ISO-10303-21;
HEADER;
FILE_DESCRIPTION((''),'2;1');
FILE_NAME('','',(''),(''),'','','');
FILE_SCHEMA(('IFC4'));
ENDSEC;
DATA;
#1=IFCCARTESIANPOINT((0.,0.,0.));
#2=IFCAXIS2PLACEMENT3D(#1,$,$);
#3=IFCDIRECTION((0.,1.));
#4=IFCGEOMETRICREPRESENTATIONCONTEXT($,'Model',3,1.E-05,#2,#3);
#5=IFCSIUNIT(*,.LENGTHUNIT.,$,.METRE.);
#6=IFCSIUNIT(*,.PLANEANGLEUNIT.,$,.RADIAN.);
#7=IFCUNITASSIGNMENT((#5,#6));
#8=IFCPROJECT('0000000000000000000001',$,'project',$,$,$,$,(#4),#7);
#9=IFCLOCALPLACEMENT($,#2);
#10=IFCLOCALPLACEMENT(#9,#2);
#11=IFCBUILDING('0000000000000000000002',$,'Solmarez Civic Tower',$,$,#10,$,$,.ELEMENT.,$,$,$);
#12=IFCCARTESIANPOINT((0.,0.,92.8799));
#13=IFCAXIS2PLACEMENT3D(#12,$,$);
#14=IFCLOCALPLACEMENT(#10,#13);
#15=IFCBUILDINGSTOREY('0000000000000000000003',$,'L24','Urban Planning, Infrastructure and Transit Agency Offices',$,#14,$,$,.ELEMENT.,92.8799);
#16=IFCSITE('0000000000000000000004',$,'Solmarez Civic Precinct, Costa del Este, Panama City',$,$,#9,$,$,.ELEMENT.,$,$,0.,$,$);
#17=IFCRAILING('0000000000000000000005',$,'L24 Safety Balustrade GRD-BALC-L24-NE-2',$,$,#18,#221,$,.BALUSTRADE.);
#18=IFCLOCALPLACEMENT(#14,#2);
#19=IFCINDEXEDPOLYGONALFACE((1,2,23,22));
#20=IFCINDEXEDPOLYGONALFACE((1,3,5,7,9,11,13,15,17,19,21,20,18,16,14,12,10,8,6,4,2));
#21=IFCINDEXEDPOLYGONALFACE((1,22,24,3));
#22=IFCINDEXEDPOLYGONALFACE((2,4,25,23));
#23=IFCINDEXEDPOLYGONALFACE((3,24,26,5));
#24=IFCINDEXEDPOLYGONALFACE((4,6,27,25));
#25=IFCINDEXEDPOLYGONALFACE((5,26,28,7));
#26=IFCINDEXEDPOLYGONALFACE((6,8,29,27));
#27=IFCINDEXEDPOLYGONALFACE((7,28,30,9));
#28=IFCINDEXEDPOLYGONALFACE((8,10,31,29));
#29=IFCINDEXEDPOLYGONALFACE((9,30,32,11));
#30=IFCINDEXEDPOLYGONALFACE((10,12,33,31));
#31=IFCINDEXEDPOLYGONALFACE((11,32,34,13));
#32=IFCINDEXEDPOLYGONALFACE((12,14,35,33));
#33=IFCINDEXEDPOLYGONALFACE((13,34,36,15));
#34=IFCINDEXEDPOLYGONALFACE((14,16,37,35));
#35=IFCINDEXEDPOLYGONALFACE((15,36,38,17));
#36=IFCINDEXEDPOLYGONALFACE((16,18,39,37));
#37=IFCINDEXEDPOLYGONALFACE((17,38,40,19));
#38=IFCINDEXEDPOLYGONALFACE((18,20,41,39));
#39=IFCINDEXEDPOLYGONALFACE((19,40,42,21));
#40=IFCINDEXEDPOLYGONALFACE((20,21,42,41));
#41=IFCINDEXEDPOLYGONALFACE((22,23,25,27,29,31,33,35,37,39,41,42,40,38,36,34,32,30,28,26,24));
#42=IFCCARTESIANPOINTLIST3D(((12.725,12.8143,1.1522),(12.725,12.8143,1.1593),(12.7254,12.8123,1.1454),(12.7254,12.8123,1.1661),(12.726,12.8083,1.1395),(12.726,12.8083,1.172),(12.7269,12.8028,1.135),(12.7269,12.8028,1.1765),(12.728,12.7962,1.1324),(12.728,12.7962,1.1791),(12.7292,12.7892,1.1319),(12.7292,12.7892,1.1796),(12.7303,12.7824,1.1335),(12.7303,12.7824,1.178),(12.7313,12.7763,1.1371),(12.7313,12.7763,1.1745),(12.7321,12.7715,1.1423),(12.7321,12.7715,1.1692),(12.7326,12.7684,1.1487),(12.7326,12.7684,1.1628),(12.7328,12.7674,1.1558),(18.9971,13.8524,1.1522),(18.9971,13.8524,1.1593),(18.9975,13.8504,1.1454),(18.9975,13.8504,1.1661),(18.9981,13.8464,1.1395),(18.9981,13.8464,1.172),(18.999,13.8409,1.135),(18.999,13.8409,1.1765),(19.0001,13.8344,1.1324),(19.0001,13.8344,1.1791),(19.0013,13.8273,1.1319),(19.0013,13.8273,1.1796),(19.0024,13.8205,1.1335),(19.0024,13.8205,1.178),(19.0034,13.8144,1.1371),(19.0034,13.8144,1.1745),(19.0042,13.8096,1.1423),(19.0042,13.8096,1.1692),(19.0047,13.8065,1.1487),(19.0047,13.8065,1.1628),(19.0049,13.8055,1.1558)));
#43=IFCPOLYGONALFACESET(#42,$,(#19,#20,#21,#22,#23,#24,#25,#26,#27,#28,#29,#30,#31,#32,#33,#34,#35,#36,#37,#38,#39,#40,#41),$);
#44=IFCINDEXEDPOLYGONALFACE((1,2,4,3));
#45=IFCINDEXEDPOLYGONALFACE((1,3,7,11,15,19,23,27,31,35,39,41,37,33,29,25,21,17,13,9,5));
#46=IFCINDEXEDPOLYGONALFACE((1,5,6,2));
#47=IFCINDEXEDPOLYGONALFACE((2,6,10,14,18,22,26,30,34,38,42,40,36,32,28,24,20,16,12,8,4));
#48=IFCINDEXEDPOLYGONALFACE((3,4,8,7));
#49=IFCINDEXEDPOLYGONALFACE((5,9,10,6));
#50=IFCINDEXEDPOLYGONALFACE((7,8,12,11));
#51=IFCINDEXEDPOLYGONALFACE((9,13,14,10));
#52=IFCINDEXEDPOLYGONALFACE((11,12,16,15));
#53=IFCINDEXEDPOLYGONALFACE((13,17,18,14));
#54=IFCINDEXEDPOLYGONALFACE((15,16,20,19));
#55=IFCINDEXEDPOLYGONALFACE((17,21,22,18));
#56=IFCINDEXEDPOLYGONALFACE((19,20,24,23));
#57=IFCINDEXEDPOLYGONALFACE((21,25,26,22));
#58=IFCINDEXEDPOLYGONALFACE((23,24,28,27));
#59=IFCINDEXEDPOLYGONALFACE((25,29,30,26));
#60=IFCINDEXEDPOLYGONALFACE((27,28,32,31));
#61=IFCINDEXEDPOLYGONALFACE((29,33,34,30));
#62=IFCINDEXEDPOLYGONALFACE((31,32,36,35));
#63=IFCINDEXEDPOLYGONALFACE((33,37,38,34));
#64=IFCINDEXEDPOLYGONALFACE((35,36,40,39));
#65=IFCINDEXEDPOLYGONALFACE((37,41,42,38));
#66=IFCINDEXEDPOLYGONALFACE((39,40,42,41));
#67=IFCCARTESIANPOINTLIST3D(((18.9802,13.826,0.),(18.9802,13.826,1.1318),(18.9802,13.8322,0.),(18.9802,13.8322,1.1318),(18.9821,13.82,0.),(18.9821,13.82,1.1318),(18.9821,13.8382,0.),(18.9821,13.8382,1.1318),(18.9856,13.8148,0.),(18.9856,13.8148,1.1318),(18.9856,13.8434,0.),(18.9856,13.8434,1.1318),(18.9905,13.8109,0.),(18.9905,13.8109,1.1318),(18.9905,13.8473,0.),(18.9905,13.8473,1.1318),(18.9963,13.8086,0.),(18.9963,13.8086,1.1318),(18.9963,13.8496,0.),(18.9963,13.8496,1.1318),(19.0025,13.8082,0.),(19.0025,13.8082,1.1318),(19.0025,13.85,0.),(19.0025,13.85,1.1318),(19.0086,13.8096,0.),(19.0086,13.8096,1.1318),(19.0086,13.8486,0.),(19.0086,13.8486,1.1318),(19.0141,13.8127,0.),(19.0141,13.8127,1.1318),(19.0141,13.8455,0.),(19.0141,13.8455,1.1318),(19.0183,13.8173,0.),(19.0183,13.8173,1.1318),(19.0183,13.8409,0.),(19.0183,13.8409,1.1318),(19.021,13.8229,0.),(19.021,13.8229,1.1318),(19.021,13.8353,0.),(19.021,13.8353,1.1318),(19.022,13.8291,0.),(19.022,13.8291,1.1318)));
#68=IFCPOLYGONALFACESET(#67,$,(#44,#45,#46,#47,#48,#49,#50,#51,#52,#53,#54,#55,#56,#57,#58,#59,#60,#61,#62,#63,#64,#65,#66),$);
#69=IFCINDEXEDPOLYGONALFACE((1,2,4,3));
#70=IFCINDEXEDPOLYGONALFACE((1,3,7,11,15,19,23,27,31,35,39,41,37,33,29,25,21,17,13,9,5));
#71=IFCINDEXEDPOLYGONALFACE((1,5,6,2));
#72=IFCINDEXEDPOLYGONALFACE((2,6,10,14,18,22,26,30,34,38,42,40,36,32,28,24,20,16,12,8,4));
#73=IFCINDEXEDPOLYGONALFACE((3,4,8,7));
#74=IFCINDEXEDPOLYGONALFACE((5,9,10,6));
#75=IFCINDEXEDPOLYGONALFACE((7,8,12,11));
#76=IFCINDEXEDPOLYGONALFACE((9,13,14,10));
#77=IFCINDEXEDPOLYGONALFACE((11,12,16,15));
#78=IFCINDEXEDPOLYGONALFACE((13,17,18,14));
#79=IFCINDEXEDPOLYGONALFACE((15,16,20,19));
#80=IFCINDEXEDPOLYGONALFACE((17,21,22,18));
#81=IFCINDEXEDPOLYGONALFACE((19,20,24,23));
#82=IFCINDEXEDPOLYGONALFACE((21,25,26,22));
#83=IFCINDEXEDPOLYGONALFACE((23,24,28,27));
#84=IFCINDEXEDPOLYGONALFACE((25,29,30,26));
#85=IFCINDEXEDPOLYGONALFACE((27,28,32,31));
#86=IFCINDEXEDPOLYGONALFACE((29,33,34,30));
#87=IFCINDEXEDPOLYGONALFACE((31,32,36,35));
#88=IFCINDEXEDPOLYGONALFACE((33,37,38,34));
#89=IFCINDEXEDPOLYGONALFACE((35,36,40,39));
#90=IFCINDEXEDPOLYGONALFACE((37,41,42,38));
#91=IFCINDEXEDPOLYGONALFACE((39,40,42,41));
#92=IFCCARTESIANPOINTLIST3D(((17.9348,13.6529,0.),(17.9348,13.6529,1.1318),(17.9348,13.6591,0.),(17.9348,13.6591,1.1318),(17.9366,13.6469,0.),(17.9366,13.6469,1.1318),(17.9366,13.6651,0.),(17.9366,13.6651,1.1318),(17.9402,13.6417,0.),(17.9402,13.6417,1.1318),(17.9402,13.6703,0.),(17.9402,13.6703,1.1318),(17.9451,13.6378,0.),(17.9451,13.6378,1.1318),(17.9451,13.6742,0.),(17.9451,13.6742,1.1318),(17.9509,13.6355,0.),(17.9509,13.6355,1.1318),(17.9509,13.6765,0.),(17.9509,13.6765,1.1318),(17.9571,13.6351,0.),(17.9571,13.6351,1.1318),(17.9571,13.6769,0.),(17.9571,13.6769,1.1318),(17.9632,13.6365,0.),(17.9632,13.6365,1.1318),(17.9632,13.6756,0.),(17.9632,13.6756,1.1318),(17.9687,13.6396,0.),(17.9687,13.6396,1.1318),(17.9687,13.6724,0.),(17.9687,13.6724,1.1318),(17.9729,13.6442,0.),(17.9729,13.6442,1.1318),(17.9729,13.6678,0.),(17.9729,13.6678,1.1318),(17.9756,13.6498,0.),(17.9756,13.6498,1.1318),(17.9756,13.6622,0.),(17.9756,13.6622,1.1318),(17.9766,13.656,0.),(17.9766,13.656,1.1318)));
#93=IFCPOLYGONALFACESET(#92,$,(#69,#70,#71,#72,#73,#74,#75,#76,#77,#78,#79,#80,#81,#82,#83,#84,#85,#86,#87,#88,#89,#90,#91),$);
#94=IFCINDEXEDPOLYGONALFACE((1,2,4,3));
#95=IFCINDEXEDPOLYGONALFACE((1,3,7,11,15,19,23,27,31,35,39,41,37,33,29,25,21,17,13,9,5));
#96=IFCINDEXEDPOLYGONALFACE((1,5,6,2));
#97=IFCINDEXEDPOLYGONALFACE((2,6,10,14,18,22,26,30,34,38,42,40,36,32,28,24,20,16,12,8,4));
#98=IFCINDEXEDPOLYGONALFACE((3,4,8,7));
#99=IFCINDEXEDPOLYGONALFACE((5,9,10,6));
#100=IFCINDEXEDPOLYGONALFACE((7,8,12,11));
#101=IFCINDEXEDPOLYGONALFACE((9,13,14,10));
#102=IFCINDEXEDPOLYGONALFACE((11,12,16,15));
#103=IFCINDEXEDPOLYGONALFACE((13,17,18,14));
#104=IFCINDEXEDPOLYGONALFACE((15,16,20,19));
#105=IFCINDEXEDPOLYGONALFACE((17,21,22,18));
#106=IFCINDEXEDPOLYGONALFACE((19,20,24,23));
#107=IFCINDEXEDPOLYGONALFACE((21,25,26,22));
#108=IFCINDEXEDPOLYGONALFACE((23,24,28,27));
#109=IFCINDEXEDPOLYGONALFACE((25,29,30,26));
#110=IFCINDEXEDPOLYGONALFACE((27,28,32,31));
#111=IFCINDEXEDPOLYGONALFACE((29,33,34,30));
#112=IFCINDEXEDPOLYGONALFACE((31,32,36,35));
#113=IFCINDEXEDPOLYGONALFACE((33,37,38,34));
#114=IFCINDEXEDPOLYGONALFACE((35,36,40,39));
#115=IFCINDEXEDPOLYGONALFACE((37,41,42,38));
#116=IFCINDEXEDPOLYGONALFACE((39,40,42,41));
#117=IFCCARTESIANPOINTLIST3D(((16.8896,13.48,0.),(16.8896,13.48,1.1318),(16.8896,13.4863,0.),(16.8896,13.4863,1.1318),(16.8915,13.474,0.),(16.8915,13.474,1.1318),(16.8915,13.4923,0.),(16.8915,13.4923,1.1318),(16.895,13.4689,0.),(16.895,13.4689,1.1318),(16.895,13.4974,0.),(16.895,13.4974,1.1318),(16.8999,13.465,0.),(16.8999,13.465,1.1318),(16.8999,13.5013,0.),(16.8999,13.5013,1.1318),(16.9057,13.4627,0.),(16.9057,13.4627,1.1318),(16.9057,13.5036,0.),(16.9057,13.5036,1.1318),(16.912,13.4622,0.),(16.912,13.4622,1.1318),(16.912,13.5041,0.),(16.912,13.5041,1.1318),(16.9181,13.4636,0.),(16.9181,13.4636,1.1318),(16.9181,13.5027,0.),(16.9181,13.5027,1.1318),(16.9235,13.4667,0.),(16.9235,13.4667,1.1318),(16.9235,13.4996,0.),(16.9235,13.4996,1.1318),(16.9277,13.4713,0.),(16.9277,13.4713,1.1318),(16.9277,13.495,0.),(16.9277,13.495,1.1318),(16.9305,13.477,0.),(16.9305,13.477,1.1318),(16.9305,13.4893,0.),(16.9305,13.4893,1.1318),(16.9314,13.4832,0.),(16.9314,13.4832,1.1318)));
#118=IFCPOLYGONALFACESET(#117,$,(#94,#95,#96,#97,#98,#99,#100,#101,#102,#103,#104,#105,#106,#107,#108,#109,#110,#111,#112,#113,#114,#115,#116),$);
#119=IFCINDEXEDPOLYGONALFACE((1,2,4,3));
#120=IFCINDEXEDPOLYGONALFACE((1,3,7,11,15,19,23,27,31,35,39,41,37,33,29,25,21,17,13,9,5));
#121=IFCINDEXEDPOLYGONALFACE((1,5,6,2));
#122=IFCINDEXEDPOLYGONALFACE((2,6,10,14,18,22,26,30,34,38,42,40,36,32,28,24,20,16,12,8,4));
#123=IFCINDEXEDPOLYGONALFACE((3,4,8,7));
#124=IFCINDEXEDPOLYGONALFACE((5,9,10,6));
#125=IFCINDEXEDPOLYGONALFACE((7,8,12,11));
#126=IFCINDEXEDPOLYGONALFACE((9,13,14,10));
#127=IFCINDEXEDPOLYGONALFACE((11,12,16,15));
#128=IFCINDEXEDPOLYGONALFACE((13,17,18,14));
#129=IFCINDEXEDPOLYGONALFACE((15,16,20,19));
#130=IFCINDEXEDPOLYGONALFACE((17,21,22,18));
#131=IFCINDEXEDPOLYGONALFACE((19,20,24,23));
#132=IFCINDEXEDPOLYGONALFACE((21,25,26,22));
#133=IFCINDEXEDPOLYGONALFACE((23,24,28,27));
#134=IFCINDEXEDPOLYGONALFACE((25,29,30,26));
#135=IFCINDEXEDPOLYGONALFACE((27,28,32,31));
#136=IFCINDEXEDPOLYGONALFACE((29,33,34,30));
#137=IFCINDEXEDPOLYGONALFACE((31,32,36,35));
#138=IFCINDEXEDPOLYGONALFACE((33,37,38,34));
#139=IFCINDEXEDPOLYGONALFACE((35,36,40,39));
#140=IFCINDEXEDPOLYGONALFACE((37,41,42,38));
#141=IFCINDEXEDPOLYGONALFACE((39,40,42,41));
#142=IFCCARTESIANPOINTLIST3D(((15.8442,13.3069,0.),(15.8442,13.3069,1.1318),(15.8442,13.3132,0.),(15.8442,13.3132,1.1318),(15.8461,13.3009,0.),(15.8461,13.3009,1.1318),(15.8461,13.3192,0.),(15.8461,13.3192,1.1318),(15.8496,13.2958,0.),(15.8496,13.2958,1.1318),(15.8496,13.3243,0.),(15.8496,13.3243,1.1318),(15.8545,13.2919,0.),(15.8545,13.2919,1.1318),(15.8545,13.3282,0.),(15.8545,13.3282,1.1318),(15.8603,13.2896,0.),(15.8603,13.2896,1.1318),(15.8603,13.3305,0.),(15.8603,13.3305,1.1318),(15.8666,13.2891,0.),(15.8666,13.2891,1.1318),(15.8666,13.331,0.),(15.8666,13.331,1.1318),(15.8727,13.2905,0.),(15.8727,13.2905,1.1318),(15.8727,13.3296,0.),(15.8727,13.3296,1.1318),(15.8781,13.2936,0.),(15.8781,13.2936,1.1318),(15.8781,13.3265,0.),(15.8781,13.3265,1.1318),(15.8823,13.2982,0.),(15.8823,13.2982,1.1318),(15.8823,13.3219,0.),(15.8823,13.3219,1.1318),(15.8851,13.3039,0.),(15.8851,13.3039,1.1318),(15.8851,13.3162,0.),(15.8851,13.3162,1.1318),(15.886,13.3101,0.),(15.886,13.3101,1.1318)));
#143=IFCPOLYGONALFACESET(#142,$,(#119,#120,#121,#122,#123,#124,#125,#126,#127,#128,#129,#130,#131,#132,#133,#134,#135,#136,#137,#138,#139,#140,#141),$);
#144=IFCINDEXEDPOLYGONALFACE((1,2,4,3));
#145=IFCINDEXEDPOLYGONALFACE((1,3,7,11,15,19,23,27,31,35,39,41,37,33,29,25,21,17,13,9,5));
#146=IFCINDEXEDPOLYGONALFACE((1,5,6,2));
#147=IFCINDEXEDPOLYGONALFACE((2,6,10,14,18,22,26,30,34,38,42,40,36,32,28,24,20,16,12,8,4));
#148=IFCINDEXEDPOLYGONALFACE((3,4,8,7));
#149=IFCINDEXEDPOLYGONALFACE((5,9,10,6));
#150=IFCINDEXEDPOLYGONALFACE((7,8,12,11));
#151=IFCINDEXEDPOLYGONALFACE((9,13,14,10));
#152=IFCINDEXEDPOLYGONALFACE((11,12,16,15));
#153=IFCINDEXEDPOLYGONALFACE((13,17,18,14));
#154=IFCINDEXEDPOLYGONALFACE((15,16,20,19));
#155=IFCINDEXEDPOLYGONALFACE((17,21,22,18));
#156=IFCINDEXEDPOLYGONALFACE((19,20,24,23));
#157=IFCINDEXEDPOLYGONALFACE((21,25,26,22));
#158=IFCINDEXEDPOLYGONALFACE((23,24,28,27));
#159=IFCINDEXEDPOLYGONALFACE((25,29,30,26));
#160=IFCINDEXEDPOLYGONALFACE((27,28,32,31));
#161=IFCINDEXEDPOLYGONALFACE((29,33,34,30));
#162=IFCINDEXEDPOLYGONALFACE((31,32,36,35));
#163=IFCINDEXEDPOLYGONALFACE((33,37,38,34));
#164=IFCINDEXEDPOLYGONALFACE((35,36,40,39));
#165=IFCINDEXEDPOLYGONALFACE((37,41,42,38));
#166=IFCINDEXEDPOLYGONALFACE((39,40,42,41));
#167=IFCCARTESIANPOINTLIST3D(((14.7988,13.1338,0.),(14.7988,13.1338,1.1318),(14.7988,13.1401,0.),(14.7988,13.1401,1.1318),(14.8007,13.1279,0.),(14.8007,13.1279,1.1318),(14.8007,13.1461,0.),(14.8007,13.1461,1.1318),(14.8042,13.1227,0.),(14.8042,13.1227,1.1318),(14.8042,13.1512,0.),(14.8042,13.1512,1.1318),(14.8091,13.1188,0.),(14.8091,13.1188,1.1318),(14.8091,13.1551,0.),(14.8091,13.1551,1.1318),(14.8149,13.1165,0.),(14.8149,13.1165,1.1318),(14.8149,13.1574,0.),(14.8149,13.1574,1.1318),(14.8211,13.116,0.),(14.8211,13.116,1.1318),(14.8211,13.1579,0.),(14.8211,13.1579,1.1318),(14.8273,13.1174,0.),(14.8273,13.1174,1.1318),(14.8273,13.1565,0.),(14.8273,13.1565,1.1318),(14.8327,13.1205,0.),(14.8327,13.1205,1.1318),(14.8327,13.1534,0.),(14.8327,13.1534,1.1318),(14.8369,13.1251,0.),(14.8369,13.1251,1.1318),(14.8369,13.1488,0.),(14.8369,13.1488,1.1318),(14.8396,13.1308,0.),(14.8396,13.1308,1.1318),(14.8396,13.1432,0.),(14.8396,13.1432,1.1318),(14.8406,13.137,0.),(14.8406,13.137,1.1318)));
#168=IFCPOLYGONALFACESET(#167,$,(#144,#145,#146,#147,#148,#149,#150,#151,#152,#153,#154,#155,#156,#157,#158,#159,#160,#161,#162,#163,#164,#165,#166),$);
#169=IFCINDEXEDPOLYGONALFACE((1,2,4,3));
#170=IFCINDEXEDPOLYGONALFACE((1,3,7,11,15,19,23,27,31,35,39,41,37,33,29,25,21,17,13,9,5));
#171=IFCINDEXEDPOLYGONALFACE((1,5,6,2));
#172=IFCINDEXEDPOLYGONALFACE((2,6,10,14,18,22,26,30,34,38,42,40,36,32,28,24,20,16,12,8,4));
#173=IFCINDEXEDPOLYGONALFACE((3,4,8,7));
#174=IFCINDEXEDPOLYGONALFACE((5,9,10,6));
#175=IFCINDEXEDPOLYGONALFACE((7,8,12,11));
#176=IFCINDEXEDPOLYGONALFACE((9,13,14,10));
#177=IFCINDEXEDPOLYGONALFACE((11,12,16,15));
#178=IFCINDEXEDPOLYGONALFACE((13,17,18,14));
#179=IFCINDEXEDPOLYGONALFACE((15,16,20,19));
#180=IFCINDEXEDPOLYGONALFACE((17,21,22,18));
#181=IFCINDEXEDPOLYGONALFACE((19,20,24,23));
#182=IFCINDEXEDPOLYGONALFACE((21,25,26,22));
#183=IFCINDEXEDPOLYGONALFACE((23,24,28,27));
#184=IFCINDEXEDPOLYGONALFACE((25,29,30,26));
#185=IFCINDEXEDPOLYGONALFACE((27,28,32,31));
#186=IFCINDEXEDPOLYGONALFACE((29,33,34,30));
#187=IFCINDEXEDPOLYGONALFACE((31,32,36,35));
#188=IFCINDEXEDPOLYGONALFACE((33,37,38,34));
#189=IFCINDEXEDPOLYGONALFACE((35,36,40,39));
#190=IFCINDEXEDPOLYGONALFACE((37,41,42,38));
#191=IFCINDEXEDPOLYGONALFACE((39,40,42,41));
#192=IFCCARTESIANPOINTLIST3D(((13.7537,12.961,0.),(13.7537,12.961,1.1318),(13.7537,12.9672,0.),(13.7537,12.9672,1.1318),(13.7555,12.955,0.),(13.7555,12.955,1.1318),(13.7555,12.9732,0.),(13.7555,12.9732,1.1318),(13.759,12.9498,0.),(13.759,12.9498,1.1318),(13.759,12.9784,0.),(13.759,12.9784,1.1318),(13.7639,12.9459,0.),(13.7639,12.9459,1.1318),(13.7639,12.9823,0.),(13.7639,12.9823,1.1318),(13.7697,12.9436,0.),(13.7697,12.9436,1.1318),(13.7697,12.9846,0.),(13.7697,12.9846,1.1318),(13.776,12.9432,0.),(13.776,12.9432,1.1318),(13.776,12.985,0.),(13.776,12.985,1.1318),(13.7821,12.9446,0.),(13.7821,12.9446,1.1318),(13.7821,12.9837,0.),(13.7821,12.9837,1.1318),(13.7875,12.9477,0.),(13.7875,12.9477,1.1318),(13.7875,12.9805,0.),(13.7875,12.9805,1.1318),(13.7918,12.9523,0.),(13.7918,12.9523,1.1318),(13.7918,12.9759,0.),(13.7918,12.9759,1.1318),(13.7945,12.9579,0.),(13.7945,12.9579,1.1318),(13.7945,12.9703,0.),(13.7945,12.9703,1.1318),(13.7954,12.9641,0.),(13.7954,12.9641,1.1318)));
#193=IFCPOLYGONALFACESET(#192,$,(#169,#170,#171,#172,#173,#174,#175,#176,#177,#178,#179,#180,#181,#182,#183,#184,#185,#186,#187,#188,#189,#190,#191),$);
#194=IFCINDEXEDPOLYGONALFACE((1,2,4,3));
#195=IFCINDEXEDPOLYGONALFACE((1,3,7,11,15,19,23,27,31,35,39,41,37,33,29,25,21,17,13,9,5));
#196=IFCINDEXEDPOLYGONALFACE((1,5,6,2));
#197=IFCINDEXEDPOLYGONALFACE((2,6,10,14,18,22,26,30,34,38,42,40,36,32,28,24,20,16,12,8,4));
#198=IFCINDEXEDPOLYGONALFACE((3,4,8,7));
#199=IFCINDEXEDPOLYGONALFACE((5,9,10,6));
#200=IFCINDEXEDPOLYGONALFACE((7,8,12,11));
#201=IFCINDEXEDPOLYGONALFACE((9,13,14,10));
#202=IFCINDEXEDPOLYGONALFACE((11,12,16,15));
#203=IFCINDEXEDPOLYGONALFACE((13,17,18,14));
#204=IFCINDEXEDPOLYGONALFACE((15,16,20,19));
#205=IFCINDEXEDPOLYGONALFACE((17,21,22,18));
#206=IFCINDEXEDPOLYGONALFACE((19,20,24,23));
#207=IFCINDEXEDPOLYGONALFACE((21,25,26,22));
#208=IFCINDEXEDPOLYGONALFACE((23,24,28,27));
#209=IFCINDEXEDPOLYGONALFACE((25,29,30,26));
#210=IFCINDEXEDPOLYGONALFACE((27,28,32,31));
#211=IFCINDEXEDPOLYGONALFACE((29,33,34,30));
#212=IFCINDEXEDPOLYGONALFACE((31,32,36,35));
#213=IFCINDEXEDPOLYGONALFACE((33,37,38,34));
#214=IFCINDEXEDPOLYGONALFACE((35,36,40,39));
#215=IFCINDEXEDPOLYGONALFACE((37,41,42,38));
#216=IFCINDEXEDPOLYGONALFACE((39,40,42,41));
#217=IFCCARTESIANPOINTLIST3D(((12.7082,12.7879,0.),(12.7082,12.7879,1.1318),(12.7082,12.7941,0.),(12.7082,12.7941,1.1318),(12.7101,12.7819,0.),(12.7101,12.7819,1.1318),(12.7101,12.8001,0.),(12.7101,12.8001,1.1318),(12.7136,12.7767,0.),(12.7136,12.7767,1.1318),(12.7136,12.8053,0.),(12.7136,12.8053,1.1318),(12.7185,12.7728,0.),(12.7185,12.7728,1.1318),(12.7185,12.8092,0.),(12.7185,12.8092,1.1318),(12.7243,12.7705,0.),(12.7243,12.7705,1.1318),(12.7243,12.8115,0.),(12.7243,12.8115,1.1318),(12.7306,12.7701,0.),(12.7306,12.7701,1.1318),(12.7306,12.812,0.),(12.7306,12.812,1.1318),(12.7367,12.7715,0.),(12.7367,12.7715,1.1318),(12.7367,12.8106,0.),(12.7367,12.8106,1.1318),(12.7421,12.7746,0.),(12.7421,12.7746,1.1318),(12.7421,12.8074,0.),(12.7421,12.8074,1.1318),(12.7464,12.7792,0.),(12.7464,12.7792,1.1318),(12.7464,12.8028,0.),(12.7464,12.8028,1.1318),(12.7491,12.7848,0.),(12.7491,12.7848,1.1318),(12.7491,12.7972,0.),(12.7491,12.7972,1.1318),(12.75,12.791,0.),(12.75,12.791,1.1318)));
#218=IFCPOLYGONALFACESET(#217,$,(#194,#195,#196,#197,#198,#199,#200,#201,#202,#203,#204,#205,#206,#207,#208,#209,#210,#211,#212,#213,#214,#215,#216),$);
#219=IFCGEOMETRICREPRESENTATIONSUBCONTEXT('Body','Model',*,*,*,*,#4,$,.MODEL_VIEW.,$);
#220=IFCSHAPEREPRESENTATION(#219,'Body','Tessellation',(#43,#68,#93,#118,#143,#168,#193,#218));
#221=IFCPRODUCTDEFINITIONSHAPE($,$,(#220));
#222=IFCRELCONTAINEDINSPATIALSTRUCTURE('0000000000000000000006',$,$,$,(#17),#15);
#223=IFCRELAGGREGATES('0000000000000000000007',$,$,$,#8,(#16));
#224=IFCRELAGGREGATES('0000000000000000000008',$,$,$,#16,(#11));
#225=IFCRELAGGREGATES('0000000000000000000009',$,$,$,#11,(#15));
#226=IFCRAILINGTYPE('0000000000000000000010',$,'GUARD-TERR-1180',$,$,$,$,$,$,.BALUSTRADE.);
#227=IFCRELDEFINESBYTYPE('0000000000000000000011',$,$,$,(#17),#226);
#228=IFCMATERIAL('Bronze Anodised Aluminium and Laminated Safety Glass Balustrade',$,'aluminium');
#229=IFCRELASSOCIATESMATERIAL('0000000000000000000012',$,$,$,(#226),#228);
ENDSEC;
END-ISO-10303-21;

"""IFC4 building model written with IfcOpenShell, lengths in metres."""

from ifc_helpers import new_model, si_unit, direction, frame, origin, origin_2d, place, context, subcontext, project, spatial, circle, extrude, material, type_object, element, save


model = new_model("IFC4")

# Units and contexts
model_context = context("Model", 3, precision=1e-05, world=origin(), true_north=direction((0.0, 1.0)))
body_context = subcontext(model_context, "Body", "Model", "MODEL_VIEW")
ifc_project = project(units=[si_unit("LENGTHUNIT", "METRE"), si_unit("PLANEANGLEUNIT", "RADIAN")], contexts=[model_context])

# Site, building, storey
site_placement = place(None, origin())
site = spatial("IfcSite", under=ifc_project, at=site_placement, Name="Solmarez Civic Precinct, Costa del Este, Panama City", CompositionType="ELEMENT", RefElevation=0.0)
building_placement = place(site_placement, origin())
building = spatial("IfcBuilding", under=site, at=building_placement, Name="Solmarez Civic Tower", CompositionType="ELEMENT")
storey_placement = place(building_placement, frame((0.0, 0.0, 92.8799)))
storey = spatial("IfcBuildingStorey", under=building, at=storey_placement, Name="L24", Description="Urban Planning, Infrastructure and Transit Agency Offices", CompositionType="ELEMENT", Elevation=92.8799)

# Railing
ifc_material_1 = material(Name="Bronze Anodised Aluminium and Laminated Safety Glass Balustrade", Category="aluminium")
railing_type = type_object("IfcRailingType", Name="GUARD-TERR-1180", PredefinedType="BALUSTRADE", material=ifc_material_1)
railing_1_placement = place(storey_placement, frame((19.001, 13.8291, 0.0)))
element("IfcRailing", 1, at=railing_1_placement, inside=storey, type_object=railing_type, Name="L24 Safety Balustrade GRD-BALC-L24-NE-2", PredefinedType="BALUSTRADE", context=body_context, shape_type="SweptSolid", body=[
    extrude(circle(Radius=0.0239, at=origin_2d()), frame((0.0, 0.0, 1.1558), z_axis=(-0.986578, -0.16329, 0.0), x_axis=(0.16329, -0.986578, 0.0)), (0.0, 0.0, 1.0), 6.3574),
    extrude(circle(Radius=0.021, at=origin_2d()), origin(), (0.0, 0.0, 1.0), 1.1318),
    extrude(circle(Radius=0.021, at=origin_2d()), frame((-1.0454, -0.1731, 0.0)), (0.0, 0.0, 1.0), 1.1318),
    extrude(circle(Radius=0.021, at=origin_2d()), frame((-2.0906, -0.3459, 0.0)), (0.0, 0.0, 1.0), 1.1318),
    extrude(circle(Radius=0.021, at=origin_2d()), frame((-3.136, -0.519, 0.0)), (0.0, 0.0, 1.0), 1.1318),
    extrude(circle(Radius=0.021, at=origin_2d()), frame((-4.1814, -0.6921, 0.0)), (0.0, 0.0, 1.0), 1.1318),
    extrude(circle(Radius=0.021, at=origin_2d()), frame((-5.2266, -0.865, 0.0)), (0.0, 0.0, 1.0), 1.1318),
    extrude(circle(Radius=0.021, at=origin_2d()), frame((-6.272, -1.0381, 0.0)), (0.0, 0.0, 1.0), 1.1318),
])

save(model, "model.ifc")
